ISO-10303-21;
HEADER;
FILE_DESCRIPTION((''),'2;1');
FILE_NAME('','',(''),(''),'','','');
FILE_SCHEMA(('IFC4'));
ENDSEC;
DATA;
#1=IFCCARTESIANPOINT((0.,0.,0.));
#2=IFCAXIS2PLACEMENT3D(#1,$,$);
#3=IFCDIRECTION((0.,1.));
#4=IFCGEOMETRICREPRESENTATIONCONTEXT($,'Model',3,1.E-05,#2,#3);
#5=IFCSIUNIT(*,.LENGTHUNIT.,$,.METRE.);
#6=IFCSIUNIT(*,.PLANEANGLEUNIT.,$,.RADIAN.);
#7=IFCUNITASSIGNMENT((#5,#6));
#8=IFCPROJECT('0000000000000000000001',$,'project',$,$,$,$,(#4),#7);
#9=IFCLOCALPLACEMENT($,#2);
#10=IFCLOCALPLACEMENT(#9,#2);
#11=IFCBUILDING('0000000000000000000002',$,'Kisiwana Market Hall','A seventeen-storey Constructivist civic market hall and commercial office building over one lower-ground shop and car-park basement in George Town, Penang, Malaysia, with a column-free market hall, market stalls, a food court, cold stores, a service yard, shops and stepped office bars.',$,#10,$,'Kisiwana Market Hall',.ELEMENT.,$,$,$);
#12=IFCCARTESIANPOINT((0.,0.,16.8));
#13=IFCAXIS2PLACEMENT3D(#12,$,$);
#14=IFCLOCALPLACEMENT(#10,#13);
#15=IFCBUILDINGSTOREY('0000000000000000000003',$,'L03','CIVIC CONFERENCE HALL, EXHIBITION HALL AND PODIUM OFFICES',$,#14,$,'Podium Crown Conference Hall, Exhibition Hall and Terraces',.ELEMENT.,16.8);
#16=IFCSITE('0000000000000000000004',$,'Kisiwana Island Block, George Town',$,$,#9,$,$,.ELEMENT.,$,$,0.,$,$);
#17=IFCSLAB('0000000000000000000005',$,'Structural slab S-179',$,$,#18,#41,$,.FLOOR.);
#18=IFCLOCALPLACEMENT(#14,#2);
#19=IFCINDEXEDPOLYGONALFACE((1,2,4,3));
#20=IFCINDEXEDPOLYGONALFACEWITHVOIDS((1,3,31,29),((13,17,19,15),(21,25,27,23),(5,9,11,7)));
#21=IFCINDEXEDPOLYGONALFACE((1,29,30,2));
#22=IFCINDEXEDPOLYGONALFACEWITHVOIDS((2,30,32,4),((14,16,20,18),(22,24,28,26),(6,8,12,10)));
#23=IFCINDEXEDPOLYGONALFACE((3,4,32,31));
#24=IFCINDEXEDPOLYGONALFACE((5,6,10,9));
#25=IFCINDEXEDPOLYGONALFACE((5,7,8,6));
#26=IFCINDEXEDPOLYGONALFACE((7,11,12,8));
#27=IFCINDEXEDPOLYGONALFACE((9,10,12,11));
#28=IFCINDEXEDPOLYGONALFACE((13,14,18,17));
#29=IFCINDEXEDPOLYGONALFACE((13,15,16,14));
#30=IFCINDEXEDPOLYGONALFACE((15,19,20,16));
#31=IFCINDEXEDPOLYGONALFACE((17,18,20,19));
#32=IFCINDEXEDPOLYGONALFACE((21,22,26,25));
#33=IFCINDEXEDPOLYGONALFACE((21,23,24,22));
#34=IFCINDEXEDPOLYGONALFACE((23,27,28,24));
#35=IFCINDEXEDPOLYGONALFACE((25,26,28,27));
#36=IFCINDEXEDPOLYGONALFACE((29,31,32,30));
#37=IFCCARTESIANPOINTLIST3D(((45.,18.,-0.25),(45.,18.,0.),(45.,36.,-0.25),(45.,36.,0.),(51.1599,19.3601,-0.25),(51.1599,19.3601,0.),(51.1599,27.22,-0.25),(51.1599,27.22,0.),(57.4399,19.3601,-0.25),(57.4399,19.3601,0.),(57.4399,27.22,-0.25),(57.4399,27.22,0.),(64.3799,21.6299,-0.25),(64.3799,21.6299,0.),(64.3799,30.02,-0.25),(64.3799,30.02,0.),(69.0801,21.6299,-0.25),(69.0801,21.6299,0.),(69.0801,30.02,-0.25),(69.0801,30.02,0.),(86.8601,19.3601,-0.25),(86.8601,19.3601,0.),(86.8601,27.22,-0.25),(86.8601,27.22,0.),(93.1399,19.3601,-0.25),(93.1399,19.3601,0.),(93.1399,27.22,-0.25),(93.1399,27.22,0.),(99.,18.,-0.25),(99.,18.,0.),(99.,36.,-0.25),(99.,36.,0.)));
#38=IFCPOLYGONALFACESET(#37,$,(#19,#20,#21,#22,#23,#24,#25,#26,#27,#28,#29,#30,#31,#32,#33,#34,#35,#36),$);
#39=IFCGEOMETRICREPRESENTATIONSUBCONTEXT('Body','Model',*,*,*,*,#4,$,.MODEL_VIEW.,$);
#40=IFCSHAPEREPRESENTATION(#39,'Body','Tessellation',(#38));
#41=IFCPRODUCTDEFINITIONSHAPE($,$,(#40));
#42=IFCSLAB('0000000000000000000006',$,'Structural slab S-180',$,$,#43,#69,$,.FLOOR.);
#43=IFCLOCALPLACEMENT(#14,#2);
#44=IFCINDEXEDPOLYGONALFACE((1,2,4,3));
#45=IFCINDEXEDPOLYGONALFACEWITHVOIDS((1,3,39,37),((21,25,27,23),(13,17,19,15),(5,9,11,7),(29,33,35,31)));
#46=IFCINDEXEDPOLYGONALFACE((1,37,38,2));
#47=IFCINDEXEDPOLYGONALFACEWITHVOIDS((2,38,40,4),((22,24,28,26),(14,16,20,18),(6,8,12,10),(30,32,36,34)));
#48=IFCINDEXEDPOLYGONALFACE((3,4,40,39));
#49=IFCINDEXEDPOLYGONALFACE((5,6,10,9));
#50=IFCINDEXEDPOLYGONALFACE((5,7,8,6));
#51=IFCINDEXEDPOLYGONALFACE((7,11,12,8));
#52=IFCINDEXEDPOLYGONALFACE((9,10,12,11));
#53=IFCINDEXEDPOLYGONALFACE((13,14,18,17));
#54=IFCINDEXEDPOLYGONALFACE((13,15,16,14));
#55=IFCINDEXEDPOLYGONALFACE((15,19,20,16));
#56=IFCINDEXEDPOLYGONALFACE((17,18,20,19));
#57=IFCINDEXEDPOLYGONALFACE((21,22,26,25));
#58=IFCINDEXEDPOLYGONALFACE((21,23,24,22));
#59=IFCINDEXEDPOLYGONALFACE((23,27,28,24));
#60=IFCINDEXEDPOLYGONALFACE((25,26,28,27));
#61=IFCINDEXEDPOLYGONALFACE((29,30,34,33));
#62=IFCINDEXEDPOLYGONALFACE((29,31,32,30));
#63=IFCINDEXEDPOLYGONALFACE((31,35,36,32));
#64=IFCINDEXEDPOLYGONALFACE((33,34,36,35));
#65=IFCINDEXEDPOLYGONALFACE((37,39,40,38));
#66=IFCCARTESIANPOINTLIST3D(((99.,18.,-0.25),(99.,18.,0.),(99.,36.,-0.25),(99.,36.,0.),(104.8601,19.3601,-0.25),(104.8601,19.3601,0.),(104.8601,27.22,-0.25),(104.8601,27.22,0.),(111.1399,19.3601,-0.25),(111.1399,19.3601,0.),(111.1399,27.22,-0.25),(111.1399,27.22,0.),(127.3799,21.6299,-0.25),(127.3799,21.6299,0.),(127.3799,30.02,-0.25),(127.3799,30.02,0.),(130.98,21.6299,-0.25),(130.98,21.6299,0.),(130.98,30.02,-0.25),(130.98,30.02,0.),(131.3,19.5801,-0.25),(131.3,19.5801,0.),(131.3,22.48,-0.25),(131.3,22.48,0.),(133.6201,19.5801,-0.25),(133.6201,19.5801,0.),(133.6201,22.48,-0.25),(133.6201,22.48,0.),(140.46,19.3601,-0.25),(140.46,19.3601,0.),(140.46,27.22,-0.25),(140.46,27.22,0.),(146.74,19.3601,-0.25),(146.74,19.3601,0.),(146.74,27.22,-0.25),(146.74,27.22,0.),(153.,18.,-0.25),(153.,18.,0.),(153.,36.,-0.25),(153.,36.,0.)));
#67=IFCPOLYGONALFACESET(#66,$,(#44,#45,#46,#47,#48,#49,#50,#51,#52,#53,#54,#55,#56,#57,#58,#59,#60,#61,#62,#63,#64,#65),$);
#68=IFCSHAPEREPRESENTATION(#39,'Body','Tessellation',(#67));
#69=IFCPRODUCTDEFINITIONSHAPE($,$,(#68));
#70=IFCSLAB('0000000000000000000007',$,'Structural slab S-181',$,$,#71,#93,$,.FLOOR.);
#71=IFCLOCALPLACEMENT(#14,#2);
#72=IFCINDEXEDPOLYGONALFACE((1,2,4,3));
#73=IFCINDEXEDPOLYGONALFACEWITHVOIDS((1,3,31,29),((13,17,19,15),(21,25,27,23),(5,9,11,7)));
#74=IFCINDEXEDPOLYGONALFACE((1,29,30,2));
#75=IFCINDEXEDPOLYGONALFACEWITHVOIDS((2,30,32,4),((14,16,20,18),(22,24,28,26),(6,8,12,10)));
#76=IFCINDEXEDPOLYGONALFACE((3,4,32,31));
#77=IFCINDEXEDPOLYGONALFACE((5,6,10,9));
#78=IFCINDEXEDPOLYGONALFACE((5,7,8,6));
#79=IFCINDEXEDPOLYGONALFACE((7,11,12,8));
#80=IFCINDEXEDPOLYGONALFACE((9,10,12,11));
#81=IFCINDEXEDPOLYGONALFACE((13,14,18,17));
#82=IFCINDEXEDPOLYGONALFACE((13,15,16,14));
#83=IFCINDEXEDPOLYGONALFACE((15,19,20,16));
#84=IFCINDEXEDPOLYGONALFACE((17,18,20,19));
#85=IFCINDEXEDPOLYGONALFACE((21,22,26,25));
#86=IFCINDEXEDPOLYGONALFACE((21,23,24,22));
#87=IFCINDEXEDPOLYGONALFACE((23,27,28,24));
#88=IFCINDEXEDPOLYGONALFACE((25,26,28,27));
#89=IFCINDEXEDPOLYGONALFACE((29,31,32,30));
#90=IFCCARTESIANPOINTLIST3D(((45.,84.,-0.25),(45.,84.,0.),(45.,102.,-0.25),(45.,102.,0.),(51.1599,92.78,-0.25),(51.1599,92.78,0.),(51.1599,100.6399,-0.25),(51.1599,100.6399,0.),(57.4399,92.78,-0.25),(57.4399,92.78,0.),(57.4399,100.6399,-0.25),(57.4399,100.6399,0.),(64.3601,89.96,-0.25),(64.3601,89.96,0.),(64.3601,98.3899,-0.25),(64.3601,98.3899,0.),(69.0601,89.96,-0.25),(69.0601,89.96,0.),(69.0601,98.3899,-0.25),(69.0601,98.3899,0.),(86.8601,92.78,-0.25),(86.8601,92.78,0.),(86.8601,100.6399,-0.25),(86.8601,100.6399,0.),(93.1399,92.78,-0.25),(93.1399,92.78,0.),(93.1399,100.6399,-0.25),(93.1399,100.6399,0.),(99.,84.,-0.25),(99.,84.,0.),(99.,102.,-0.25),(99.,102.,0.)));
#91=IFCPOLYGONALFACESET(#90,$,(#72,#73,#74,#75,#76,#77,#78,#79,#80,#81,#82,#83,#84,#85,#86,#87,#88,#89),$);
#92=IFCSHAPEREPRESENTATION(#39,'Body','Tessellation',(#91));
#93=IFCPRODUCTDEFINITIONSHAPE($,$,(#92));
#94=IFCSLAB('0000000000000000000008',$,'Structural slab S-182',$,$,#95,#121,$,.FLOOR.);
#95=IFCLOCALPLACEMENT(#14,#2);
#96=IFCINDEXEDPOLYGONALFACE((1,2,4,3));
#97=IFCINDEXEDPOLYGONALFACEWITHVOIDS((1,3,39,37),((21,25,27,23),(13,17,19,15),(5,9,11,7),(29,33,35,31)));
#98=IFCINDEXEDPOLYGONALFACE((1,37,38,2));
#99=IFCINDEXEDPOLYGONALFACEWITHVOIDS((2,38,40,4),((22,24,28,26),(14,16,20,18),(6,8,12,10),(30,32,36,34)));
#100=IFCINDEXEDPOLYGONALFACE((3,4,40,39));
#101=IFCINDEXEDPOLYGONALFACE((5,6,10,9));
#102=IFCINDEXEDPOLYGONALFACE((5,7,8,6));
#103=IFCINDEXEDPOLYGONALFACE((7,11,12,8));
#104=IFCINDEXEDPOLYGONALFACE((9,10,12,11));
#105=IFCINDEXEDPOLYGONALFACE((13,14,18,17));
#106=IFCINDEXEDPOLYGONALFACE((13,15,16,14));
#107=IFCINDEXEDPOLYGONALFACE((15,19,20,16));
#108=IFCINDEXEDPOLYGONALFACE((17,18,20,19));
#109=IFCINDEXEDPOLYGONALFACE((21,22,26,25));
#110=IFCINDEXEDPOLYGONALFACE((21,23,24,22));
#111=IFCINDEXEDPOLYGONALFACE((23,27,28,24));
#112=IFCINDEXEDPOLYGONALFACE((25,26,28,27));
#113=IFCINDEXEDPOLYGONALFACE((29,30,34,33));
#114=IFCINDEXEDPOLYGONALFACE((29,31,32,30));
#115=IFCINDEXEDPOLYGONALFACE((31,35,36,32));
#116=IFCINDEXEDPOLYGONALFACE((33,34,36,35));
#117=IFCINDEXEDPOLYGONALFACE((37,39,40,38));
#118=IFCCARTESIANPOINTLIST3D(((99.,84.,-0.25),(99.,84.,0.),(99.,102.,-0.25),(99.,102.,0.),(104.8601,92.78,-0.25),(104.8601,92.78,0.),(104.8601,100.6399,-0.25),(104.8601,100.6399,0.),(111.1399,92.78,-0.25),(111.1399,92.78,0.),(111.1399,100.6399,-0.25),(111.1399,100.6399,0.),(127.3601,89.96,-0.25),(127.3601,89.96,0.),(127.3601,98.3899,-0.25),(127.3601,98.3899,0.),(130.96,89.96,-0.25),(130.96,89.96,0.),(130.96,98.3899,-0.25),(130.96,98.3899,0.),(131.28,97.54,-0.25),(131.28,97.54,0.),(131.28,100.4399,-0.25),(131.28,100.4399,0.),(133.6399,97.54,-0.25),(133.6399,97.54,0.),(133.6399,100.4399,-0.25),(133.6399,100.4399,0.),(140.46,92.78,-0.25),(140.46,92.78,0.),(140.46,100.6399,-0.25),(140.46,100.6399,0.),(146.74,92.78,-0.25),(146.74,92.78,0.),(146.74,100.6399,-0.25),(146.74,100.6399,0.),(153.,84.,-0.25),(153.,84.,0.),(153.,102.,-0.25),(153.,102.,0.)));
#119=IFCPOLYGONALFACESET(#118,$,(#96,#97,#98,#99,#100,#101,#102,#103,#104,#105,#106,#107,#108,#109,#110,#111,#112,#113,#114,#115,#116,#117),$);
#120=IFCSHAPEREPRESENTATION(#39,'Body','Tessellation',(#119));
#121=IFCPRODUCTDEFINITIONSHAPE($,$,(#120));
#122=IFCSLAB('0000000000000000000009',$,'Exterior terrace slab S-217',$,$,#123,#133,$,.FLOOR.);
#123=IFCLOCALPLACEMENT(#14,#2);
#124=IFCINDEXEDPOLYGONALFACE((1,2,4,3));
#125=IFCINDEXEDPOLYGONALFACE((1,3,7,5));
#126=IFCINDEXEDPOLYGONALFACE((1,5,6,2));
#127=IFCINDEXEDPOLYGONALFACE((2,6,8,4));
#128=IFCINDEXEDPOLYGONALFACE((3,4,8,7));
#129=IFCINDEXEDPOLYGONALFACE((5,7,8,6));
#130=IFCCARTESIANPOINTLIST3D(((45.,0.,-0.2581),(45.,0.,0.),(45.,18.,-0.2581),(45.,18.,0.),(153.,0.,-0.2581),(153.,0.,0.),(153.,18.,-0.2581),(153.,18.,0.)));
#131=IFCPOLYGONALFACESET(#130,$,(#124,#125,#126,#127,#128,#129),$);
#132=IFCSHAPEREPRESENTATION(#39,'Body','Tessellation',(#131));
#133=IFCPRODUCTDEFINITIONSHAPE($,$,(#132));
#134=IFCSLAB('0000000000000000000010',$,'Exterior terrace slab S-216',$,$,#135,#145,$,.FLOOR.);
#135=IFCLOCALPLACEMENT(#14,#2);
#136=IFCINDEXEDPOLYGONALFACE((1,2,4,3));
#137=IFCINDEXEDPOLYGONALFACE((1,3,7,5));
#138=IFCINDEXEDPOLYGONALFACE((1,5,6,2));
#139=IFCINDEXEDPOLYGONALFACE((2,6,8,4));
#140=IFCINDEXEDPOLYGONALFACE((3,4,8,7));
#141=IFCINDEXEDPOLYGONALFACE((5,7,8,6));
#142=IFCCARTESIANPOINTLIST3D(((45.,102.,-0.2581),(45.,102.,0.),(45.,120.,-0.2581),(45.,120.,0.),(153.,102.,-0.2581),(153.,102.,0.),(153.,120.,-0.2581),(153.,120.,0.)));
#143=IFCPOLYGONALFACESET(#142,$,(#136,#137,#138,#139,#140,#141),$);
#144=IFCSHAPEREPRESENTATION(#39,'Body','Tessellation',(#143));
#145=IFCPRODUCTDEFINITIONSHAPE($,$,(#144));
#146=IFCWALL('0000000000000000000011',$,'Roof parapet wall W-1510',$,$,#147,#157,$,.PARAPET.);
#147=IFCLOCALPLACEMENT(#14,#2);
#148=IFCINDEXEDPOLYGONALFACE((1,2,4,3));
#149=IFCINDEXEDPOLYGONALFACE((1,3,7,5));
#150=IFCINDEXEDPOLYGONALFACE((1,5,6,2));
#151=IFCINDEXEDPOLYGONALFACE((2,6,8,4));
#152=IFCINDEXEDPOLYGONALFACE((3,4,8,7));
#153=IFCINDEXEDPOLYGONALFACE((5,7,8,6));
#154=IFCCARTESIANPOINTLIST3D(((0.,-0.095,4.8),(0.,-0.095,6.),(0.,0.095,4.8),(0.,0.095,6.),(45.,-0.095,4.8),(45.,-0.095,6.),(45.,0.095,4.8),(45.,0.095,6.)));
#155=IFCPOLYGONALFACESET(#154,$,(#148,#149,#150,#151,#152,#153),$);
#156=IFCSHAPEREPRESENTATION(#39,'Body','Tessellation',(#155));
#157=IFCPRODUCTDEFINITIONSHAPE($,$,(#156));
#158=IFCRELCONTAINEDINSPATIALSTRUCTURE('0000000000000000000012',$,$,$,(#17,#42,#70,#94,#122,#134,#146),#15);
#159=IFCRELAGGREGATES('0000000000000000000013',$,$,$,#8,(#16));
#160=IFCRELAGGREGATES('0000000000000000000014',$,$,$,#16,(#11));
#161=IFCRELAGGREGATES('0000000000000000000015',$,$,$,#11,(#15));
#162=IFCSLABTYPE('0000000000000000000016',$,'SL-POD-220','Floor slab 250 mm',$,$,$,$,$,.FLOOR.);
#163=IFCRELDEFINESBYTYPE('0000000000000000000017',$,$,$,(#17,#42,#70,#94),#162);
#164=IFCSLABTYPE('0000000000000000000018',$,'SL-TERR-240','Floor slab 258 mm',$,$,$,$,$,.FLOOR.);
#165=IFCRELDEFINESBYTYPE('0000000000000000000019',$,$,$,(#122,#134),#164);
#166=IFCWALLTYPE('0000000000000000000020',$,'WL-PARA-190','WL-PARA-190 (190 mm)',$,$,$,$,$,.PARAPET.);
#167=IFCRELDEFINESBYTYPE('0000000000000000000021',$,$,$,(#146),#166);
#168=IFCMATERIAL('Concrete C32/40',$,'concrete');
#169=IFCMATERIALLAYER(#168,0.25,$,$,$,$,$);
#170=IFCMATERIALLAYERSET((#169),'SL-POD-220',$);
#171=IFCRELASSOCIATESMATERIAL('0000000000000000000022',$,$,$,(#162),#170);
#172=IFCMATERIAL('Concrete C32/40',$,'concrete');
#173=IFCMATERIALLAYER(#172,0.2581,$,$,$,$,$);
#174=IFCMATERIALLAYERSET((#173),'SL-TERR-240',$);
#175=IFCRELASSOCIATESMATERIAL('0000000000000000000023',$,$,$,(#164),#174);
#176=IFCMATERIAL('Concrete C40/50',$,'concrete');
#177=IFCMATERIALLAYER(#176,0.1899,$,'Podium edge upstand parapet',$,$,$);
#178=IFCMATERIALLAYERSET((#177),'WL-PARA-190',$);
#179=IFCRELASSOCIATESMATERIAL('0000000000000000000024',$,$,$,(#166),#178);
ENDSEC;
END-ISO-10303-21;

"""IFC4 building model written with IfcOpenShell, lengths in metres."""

from ifc_helpers import new_model, si_unit, direction, frame, frame_2d, origin, place, context, subcontext, project, spatial, polyline, rectangle, outline, extrude, material, layer, layer_set, type_object, element, save


model = new_model("IFC4")

# Units and contexts
model_context = context("Model", 3, precision=1e-05, world=origin(), true_north=direction((0.0, 1.0)))
body_context = subcontext(model_context, "Body", "Model", "MODEL_VIEW")
ifc_project = project(units=[si_unit("LENGTHUNIT", "METRE"), si_unit("PLANEANGLEUNIT", "RADIAN")], contexts=[model_context])

# Site, building, storey
site_placement = place(None, origin())
site = spatial("IfcSite", under=ifc_project, at=site_placement, Name="Kisiwana Island Block, George Town", CompositionType="ELEMENT", RefElevation=0.0)
building_placement = place(site_placement, origin())
building = spatial("IfcBuilding", under=site, at=building_placement, Name="Kisiwana Market Hall", Description="A seventeen-storey Constructivist civic market hall and commercial office building over one lower-ground shop and car-park basement in George Town, Penang, Malaysia, with a column-free market hall, market stalls, a food court, cold stores, a service yard, shops and stepped office bars.", LongName="Kisiwana Market Hall", CompositionType="ELEMENT")
storey_placement = place(building_placement, frame((0.0, 0.0, 16.8)))
storey = spatial("IfcBuildingStorey", under=building, at=storey_placement, Name="L03", Description="CIVIC CONFERENCE HALL, EXHIBITION HALL AND PODIUM OFFICES", LongName="Podium Crown Conference Hall, Exhibition Hall and Terraces", CompositionType="ELEMENT", Elevation=16.8)

# Slabs
ifc_material_1 = material(Name="Concrete C32/40", Category="concrete")
ifc_layer_1 = layer(ifc_material_1, 0.25)
ifc_layer_set_1 = layer_set([ifc_layer_1], Name="SL-POD-220")
slab_type_1 = type_object("IfcSlabType", Name="SL-POD-220", Description="Floor slab 250 mm", PredefinedType="FLOOR", material=ifc_layer_set_1)
slab_1_placement = place(storey_placement, frame((0.0, 0.0, -0.25)))
element("IfcSlab", 1, at=slab_1_placement, inside=storey, type_object=slab_type_1, Name="Structural slab S-179", PredefinedType="FLOOR", context=body_context, shape_type="SweptSolid", body=[
    extrude(outline(polyline([(45.0, 18.0), (99.0, 18.0), (99.0, 36.0), (45.0, 36.0), (45.0, 18.0)]), holes=[polyline([(64.3799, 21.6299), (69.0801, 21.6299), (69.0801, 30.02), (64.3799, 30.02), (64.3799, 21.6299)]), polyline([(51.1599, 19.3601), (57.4399, 19.3601), (57.4399, 27.22), (51.1599, 27.22), (51.1599, 19.3601)]), polyline([(86.8601, 19.3601), (93.1399, 19.3601), (93.1399, 27.22), (86.8601, 27.22), (86.8601, 19.3601)])]), origin(), (0.0, 0.0, 1.0), 0.25),
])
slab_2_placement = place(storey_placement, frame((0.0, 0.0, -0.25)))
element("IfcSlab", 2, at=slab_2_placement, inside=storey, type_object=slab_type_1, Name="Structural slab S-180", PredefinedType="FLOOR", context=body_context, shape_type="SweptSolid", body=[
    extrude(outline(polyline([(99.0, 18.0), (153.0, 18.0), (153.0, 36.0), (99.0, 36.0), (99.0, 18.0)]), holes=[polyline([(127.3799, 21.6299), (130.98, 21.6299), (130.98, 30.02), (127.3799, 30.02), (127.3799, 21.6299)]), polyline([(131.3, 19.5801), (133.6201, 19.5801), (133.6201, 22.48), (131.3, 22.48), (131.3, 19.5801)]), polyline([(104.8601, 19.3601), (111.1399, 19.3601), (111.1399, 27.22), (104.8601, 27.22), (104.8601, 19.3601)]), polyline([(140.46, 19.3601), (146.74, 19.3601), (146.74, 27.22), (140.46, 27.22), (140.46, 19.3601)])]), origin(), (0.0, 0.0, 1.0), 0.25),
])
slab_3_placement = place(storey_placement, frame((0.0, 0.0, -0.25)))
element("IfcSlab", 3, at=slab_3_placement, inside=storey, type_object=slab_type_1, Name="Structural slab S-181", PredefinedType="FLOOR", context=body_context, shape_type="SweptSolid", body=[
    extrude(outline(polyline([(45.0, 84.0), (99.0, 84.0), (99.0, 102.0), (45.0, 102.0), (45.0, 84.0)]), holes=[polyline([(64.3601, 89.96), (69.0601, 89.96), (69.0601, 98.3899), (64.3601, 98.3899), (64.3601, 89.96)]), polyline([(51.1599, 92.78), (57.4399, 92.78), (57.4399, 100.6399), (51.1599, 100.6399), (51.1599, 92.78)]), polyline([(86.8601, 92.78), (93.1399, 92.78), (93.1399, 100.6399), (86.8601, 100.6399), (86.8601, 92.78)])]), origin(), (0.0, 0.0, 1.0), 0.25),
])
slab_4_placement = place(storey_placement, frame((0.0, 0.0, -0.25)))
element("IfcSlab", 4, at=slab_4_placement, inside=storey, type_object=slab_type_1, Name="Structural slab S-182", PredefinedType="FLOOR", context=body_context, shape_type="SweptSolid", body=[
    extrude(outline(polyline([(99.0, 84.0), (153.0, 84.0), (153.0, 102.0), (99.0, 102.0), (99.0, 84.0)]), holes=[polyline([(127.3601, 89.96), (130.96, 89.96), (130.96, 98.3899), (127.3601, 98.3899), (127.3601, 89.96)]), polyline([(131.28, 97.54), (133.6399, 97.54), (133.6399, 100.4399), (131.28, 100.4399), (131.28, 97.54)]), polyline([(104.8601, 92.78), (111.1399, 92.78), (111.1399, 100.6399), (104.8601, 100.6399), (104.8601, 92.78)]), polyline([(140.46, 92.78), (146.74, 92.78), (146.74, 100.6399), (140.46, 100.6399), (140.46, 92.78)])]), origin(), (0.0, 0.0, 1.0), 0.25),
])
ifc_material_2 = material(Name="Concrete C32/40", Category="concrete")
ifc_layer_2 = layer(ifc_material_2, 0.2581)
ifc_layer_set_2 = layer_set([ifc_layer_2], Name="SL-TERR-240")
slab_type_2 = type_object("IfcSlabType", Name="SL-TERR-240", Description="Floor slab 258 mm", PredefinedType="FLOOR", material=ifc_layer_set_2)
slab_5_placement = place(storey_placement, frame((0.0, 0.0, -0.2581)))
element("IfcSlab", 5, at=slab_5_placement, inside=storey, type_object=slab_type_2, Name="Exterior terrace slab S-217", PredefinedType="FLOOR", context=body_context, shape_type="SweptSolid", body=[
    extrude(outline(polyline([(45.0, 0.0), (153.0, 0.0), (153.0, 18.0), (45.0, 18.0), (45.0, 0.0)])), origin(), (0.0, 0.0, 1.0), 0.2581),
])
slab_6_placement = place(storey_placement, frame((0.0, 0.0, -0.2581)))
element("IfcSlab", 6, at=slab_6_placement, inside=storey, type_object=slab_type_2, Name="Exterior terrace slab S-216", PredefinedType="FLOOR", context=body_context, shape_type="SweptSolid", body=[
    extrude(outline(polyline([(45.0, 102.0), (153.0, 102.0), (153.0, 120.0), (45.0, 120.0), (45.0, 102.0)])), origin(), (0.0, 0.0, 1.0), 0.2581),
])

# Wall
ifc_material_3 = material(Name="Concrete C40/50", Category="concrete")
ifc_layer_3 = layer(ifc_material_3, 0.1899, Name="Podium edge upstand parapet")
ifc_layer_set_3 = layer_set([ifc_layer_3], Name="WL-PARA-190")
wall_type = type_object("IfcWallType", Name="WL-PARA-190", Description="WL-PARA-190 (190 mm)", PredefinedType="PARAPET", material=ifc_layer_set_3)
wall_placement = place(storey_placement, frame((0.0, 0.0, 4.8), z_axis=(0.0, 0.0, 1.0), x_axis=(1.0, 0.0, 0.0)))
element("IfcWall", 7, at=wall_placement, inside=storey, type_object=wall_type, Name="Roof parapet wall W-1510", PredefinedType="PARAPET", context=body_context, shape_type="SweptSolid", body=[
    extrude(rectangle(XDim=45.0, YDim=0.1899, at=frame_2d((22.5, 0.0))), origin(), (0.0, 0.0, 1.0), 1.2),
])

save(model, "model.ifc")
